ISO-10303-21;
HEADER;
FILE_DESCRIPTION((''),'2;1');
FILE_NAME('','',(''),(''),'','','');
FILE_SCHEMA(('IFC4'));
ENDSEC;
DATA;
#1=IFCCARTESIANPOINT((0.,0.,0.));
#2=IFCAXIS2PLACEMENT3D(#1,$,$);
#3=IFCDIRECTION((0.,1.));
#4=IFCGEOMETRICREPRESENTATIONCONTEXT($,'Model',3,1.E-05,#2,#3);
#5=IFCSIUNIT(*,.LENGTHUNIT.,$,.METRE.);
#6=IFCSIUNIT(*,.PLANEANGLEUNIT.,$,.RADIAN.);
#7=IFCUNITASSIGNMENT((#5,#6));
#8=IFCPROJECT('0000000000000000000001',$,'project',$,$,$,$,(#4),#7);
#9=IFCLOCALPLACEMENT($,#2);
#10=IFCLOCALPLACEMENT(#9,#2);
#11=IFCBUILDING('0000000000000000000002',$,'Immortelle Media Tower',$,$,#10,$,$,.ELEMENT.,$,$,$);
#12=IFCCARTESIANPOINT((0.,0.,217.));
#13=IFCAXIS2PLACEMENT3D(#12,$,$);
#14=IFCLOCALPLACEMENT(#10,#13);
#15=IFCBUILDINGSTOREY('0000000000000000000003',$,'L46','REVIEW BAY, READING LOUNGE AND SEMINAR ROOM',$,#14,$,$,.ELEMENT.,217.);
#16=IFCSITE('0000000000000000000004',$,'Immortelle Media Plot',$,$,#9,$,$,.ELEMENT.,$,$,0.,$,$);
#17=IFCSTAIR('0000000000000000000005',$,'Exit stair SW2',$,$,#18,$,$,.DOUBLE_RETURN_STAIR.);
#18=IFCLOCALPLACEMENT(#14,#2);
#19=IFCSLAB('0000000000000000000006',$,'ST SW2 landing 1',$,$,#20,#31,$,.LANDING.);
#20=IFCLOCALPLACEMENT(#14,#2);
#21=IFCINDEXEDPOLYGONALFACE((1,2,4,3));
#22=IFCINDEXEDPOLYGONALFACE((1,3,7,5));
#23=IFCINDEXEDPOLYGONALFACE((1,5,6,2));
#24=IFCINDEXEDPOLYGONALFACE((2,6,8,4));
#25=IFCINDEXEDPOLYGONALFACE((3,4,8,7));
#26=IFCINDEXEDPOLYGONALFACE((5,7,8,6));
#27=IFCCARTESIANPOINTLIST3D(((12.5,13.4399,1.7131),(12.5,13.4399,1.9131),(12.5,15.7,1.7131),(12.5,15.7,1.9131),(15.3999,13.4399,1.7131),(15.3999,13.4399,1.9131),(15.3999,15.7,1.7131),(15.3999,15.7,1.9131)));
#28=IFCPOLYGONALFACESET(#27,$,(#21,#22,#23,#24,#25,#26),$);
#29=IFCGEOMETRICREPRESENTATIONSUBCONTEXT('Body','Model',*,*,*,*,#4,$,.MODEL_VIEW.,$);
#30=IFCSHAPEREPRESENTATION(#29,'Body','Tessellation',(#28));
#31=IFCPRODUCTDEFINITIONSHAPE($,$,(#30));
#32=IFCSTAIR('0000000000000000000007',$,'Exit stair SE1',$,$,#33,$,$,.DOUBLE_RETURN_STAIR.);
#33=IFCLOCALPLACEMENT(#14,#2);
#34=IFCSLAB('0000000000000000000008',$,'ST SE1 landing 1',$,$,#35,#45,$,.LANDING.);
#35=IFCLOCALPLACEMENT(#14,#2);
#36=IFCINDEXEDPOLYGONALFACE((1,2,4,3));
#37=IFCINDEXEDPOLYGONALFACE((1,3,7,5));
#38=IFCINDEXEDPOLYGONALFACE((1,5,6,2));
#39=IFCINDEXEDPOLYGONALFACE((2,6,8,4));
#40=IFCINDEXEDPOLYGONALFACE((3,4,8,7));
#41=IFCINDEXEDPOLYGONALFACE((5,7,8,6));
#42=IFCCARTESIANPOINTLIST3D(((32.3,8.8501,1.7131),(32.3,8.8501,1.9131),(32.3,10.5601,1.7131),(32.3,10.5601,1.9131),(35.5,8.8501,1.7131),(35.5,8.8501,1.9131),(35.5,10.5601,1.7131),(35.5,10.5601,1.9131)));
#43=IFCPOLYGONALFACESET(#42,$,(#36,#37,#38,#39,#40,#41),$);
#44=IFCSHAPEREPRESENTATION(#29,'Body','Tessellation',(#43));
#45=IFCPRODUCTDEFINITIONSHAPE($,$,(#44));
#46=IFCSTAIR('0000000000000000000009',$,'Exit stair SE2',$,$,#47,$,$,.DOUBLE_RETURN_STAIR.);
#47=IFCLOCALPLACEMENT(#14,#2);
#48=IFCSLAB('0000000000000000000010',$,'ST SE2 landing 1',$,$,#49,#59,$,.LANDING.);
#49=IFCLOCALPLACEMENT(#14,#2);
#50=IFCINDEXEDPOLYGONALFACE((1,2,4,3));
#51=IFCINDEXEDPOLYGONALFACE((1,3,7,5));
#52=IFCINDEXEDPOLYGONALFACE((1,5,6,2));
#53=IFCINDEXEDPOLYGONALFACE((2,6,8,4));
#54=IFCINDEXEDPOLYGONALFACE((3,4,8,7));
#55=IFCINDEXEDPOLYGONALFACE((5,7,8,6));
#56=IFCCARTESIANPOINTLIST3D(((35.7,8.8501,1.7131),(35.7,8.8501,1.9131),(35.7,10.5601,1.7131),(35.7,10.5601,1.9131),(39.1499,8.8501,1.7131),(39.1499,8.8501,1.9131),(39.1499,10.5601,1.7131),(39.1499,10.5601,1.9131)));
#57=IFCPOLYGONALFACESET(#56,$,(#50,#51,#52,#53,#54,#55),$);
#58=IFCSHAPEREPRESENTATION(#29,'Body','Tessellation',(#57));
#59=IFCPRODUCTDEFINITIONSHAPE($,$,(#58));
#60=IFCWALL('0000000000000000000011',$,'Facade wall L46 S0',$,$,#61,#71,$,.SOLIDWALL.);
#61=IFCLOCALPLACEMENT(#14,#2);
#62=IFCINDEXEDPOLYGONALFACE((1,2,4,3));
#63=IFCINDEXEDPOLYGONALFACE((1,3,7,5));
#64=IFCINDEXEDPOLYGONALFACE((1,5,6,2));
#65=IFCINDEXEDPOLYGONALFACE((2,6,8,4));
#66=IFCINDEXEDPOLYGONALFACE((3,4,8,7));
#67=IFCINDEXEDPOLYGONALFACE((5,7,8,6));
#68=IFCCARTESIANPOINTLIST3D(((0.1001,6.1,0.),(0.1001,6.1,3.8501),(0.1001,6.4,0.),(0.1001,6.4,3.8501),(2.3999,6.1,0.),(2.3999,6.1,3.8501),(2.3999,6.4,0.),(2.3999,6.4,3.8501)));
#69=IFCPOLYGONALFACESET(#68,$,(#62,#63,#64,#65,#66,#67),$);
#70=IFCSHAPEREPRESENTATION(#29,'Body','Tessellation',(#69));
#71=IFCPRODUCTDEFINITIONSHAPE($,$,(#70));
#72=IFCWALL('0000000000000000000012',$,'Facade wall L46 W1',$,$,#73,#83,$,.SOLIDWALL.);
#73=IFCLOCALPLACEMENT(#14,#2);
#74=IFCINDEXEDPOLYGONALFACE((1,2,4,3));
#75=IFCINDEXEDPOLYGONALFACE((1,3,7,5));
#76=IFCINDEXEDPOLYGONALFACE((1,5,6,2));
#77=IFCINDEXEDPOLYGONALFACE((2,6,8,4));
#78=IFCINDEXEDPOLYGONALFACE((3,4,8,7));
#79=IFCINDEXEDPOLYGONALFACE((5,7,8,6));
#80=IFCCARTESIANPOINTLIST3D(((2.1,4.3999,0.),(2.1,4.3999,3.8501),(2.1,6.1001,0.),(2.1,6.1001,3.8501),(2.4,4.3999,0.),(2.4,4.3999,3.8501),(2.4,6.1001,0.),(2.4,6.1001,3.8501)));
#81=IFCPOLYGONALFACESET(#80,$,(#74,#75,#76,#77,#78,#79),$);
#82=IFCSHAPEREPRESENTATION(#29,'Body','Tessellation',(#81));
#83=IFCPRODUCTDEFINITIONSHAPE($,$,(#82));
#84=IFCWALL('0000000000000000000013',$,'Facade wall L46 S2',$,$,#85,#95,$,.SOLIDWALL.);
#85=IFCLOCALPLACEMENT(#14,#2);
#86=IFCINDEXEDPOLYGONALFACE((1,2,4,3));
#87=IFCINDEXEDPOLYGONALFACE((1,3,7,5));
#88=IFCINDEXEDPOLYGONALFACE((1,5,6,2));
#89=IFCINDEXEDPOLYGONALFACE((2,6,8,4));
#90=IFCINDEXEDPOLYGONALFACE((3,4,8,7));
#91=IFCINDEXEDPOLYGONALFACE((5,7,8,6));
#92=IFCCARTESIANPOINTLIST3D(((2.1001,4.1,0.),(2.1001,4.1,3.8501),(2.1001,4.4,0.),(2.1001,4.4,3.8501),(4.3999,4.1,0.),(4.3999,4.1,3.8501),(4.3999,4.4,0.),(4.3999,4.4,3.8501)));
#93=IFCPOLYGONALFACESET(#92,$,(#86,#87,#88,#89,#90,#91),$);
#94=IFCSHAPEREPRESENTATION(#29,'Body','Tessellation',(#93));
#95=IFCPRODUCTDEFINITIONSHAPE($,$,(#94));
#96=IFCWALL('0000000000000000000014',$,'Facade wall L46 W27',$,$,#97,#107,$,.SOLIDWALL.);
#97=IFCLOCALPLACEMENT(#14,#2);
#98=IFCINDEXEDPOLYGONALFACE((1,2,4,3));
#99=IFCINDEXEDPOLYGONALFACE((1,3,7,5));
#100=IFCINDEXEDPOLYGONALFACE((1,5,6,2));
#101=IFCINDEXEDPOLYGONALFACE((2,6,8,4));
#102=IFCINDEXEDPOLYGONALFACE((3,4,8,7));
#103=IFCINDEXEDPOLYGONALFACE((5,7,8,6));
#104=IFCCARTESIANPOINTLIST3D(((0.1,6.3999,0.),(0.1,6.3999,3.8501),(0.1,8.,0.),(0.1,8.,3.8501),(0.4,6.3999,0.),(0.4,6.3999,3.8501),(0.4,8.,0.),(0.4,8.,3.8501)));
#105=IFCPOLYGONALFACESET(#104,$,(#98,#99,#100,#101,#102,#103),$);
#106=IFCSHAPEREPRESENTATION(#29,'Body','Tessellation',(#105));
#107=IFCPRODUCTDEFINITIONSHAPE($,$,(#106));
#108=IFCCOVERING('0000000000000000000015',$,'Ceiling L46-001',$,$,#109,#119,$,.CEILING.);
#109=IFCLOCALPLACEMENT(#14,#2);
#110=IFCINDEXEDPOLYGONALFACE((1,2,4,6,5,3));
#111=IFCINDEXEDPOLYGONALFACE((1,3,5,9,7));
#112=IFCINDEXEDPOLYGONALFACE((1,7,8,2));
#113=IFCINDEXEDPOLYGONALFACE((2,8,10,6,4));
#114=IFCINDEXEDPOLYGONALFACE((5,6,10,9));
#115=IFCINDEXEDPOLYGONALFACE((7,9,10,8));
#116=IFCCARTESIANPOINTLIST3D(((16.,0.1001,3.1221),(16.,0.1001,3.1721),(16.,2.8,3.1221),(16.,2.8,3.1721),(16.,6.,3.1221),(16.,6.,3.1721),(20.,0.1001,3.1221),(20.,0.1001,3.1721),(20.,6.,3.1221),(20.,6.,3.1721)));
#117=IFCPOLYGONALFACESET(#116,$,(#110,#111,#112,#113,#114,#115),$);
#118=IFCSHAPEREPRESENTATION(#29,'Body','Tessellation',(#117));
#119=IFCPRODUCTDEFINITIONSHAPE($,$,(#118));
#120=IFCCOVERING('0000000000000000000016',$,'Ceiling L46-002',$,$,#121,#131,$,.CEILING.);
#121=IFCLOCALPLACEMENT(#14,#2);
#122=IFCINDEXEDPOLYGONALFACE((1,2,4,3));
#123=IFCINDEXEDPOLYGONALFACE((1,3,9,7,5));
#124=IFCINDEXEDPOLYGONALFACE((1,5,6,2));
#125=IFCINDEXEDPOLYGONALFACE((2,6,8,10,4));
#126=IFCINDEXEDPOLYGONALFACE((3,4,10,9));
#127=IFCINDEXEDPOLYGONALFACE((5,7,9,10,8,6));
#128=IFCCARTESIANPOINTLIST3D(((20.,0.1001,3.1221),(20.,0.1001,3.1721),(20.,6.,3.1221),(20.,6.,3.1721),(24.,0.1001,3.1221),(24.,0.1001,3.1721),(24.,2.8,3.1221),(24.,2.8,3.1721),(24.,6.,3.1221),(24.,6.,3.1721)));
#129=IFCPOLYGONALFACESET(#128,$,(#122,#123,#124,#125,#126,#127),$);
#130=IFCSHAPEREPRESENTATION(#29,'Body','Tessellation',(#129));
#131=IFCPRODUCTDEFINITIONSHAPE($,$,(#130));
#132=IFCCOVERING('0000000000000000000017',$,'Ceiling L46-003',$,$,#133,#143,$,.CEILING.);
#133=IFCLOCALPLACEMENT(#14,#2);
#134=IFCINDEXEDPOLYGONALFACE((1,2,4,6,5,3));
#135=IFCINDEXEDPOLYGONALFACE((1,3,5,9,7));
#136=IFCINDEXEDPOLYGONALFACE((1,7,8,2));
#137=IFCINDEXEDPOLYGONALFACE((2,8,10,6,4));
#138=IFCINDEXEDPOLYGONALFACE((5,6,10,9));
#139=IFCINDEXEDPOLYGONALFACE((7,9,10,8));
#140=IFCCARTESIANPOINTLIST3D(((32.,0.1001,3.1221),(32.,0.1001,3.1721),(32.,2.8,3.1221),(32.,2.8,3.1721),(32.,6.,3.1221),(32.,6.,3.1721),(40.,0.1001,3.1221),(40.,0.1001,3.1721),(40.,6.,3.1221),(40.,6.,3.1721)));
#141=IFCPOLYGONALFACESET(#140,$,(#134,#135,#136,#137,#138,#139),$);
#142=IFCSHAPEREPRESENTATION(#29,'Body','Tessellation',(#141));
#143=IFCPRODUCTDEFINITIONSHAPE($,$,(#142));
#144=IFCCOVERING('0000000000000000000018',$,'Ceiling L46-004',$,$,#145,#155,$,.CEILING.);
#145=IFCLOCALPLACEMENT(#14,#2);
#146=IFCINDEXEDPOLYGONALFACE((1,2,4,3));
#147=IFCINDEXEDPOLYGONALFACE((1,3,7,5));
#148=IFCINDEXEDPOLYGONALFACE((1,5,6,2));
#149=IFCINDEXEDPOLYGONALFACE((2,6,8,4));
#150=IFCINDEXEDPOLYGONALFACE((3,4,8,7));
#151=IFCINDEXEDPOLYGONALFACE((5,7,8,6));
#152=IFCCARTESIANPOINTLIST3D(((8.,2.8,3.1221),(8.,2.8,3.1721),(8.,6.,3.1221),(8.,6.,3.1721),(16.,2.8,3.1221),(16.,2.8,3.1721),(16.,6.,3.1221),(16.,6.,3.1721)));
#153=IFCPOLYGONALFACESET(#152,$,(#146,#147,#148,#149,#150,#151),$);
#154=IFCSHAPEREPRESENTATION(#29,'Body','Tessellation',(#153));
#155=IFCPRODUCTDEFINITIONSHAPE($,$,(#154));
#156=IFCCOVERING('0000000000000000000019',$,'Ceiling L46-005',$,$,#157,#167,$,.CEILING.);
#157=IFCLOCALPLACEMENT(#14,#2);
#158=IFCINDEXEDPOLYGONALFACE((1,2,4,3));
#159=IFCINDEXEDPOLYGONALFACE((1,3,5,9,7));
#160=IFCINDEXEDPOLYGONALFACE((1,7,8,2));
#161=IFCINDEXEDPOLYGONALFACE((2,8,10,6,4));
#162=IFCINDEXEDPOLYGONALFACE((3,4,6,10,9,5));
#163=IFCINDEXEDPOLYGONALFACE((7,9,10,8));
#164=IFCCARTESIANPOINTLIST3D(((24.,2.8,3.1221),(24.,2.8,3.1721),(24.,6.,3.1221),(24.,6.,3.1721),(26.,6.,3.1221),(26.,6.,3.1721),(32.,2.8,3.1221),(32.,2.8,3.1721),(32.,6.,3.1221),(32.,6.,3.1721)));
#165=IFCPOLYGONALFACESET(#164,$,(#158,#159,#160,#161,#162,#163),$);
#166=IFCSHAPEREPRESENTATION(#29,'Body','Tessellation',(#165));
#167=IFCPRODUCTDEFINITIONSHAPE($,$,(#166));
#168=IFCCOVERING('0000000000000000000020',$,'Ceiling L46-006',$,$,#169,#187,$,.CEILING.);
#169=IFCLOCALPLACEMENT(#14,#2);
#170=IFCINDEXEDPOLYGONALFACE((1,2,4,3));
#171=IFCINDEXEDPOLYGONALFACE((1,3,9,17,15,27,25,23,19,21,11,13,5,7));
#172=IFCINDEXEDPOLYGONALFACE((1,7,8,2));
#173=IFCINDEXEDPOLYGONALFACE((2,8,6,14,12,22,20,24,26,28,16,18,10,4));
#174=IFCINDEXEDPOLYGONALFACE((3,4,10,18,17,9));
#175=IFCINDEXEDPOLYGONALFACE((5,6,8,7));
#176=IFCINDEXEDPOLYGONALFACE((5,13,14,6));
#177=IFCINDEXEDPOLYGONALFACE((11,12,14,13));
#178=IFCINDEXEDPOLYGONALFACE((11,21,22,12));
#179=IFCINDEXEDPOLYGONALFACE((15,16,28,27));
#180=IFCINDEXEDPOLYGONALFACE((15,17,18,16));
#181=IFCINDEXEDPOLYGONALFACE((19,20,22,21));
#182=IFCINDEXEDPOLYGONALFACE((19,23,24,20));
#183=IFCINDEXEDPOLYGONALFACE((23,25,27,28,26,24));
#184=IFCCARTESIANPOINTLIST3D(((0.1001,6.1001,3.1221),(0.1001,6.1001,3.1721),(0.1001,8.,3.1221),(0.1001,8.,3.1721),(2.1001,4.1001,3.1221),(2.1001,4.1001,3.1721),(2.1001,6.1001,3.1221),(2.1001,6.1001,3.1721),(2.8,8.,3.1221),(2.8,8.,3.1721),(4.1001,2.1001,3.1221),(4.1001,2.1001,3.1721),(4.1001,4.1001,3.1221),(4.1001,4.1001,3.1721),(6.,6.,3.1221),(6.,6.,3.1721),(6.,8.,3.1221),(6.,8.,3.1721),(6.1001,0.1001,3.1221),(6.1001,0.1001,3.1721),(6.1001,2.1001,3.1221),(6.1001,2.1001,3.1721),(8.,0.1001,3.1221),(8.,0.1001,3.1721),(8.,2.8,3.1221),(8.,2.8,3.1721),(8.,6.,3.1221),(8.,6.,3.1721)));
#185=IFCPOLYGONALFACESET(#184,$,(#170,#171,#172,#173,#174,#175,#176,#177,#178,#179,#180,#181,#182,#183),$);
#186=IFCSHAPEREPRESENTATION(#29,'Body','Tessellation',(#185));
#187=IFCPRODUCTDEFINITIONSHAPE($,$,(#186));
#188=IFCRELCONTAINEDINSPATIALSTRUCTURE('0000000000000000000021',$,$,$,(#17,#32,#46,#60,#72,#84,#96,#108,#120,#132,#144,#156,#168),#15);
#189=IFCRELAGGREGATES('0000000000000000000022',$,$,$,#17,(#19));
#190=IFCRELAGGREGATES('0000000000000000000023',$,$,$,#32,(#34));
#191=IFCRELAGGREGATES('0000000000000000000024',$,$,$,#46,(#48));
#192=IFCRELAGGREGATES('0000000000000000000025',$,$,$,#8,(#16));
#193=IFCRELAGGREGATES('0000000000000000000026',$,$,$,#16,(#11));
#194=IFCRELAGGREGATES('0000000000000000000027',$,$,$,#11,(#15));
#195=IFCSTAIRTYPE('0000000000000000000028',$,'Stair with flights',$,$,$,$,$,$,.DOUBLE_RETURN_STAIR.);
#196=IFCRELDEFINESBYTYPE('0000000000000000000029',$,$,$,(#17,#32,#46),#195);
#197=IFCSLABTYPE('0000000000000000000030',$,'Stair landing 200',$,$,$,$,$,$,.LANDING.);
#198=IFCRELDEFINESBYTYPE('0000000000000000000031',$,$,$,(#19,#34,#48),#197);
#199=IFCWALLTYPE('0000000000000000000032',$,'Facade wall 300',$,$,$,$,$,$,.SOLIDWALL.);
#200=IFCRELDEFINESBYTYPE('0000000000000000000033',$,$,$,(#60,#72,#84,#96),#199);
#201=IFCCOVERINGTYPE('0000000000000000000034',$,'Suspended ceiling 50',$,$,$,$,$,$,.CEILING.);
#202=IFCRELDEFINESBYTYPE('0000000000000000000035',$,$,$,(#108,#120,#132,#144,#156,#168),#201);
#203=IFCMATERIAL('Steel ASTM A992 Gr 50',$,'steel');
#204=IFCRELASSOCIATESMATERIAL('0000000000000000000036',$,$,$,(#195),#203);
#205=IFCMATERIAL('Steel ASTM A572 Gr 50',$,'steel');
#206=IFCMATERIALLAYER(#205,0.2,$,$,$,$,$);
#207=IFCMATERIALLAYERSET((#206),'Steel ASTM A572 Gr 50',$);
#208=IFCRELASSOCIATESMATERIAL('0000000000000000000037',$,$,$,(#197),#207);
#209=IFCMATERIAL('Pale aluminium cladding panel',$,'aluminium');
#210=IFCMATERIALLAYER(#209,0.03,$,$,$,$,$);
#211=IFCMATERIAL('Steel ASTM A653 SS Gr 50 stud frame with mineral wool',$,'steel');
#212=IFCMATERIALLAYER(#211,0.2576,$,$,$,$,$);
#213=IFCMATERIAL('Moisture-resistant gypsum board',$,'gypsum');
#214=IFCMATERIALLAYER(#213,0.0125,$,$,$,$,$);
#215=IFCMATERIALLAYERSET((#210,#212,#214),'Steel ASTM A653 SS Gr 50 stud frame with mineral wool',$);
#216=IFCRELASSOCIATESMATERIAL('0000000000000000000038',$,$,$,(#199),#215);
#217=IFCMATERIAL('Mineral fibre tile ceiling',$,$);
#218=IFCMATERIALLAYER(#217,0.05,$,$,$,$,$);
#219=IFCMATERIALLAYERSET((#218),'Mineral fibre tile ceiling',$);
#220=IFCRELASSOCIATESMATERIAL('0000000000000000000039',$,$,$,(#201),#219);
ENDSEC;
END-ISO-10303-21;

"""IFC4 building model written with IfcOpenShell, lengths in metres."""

from ifc_helpers import new_model, si_unit, direction, frame, frame_2d, origin, place, context, subcontext, project, spatial, polyline, rectangle, outline, extrude, material, layer, layer_set, type_object, element, aggregate, save


model = new_model("IFC4")

# Units and contexts
model_context = context("Model", 3, precision=1e-05, world=origin(), true_north=direction((0.0, 1.0)))
body_context = subcontext(model_context, "Body", "Model", "MODEL_VIEW")
ifc_project = project(units=[si_unit("LENGTHUNIT", "METRE"), si_unit("PLANEANGLEUNIT", "RADIAN")], contexts=[model_context])

# Site, building, storey
site_placement = place(None, origin())
site = spatial("IfcSite", under=ifc_project, at=site_placement, Name="Immortelle Media Plot", CompositionType="ELEMENT", RefElevation=0.0)
building_placement = place(site_placement, origin())
building = spatial("IfcBuilding", under=site, at=building_placement, Name="Immortelle Media Tower", CompositionType="ELEMENT")
storey_placement = place(building_placement, frame((0.0, 0.0, 217.0)))
storey = spatial("IfcBuildingStorey", under=building, at=storey_placement, Name="L46", Description="REVIEW BAY, READING LOUNGE AND SEMINAR ROOM", CompositionType="ELEMENT", Elevation=217.0)

# Shared definitions
ifc_material_1 = material(Name="Steel ASTM A992 Gr 50", Category="steel")

# Stairs, slabs
stair_type = type_object("IfcStairType", Name="Stair with flights", PredefinedType="DOUBLE_RETURN_STAIR", material=ifc_material_1)
ifc_material_2 = material(Name="Steel ASTM A572 Gr 50", Category="steel")
ifc_layer_1 = layer(ifc_material_2, 0.2)
ifc_layer_set_1 = layer_set([ifc_layer_1], Name="Steel ASTM A572 Gr 50")
slab_type_1 = type_object("IfcSlabType", Name="Stair landing 200", PredefinedType="LANDING", material=ifc_layer_set_1)
stair_1_placement = place(storey_placement, origin())
stair_1 = element("IfcStair", 1, at=stair_1_placement, inside=storey, type_object=stair_type, Name="Exit stair SW2", PredefinedType="DOUBLE_RETURN_STAIR")
slab_1_placement = place(storey_placement, frame((0.0, 0.0, 1.7131)))
slab_1 = element("IfcSlab", 2, at=slab_1_placement, type_object=slab_type_1, Name="ST SW2 landing 1", PredefinedType="LANDING", context=body_context, shape_type="SweptSolid", body=[
    extrude(outline(polyline([(12.5, 13.4399), (15.3999, 13.4399), (15.3999, 15.7), (12.5, 15.7), (12.5, 13.4399)])), origin(), (0.0, 0.0, 1.0), 0.2),
])
aggregate(stair_1, [slab_1])
stair_2_placement = place(storey_placement, origin())
stair_2 = element("IfcStair", 3, at=stair_2_placement, inside=storey, type_object=stair_type, Name="Exit stair SE1", PredefinedType="DOUBLE_RETURN_STAIR")
slab_2_placement = place(storey_placement, frame((0.0, 0.0, 1.7131)))
slab_2 = element("IfcSlab", 4, at=slab_2_placement, type_object=slab_type_1, Name="ST SE1 landing 1", PredefinedType="LANDING", context=body_context, shape_type="SweptSolid", body=[
    extrude(outline(polyline([(32.3, 8.8501), (35.5, 8.8501), (35.5, 10.5601), (32.3, 10.5601), (32.3, 8.8501)])), origin(), (0.0, 0.0, 1.0), 0.2),
])
aggregate(stair_2, [slab_2])
stair_3_placement = place(storey_placement, origin())
stair_3 = element("IfcStair", 5, at=stair_3_placement, inside=storey, type_object=stair_type, Name="Exit stair SE2", PredefinedType="DOUBLE_RETURN_STAIR")
slab_3_placement = place(storey_placement, frame((0.0, 0.0, 1.7131)))
slab_3 = element("IfcSlab", 6, at=slab_3_placement, type_object=slab_type_1, Name="ST SE2 landing 1", PredefinedType="LANDING", context=body_context, shape_type="SweptSolid", body=[
    extrude(outline(polyline([(35.7, 8.8501), (39.1499, 8.8501), (39.1499, 10.5601), (35.7, 10.5601), (35.7, 8.8501)])), origin(), (0.0, 0.0, 1.0), 0.2),
])
aggregate(stair_3, [slab_3])

# Walls
ifc_material_3 = material(Name="Pale aluminium cladding panel", Category="aluminium")
ifc_layer_2 = layer(ifc_material_3, 0.03)
ifc_material_4 = material(Name="Steel ASTM A653 SS Gr 50 stud frame with mineral wool", Category="steel")
ifc_layer_3 = layer(ifc_material_4, 0.2576)
ifc_material_5 = material(Name="Moisture-resistant gypsum board", Category="gypsum")
ifc_layer_4 = layer(ifc_material_5, 0.0125)
ifc_layer_set_2 = layer_set([ifc_layer_2, ifc_layer_3, ifc_layer_4], Name="Steel ASTM A653 SS Gr 50 stud frame with mineral wool")
wall_type = type_object("IfcWallType", Name="Facade wall 300", PredefinedType="SOLIDWALL", material=ifc_layer_set_2)
wall_1_placement = place(storey_placement, frame((0.1001, 6.25, 0.0), z_axis=(0.0, 0.0, 1.0), x_axis=(1.0, 0.0, 0.0)))
element("IfcWall", 7, at=wall_1_placement, inside=storey, type_object=wall_type, Name="Facade wall L46 S0", PredefinedType="SOLIDWALL", context=body_context, shape_type="SweptSolid", body=[
    extrude(rectangle(XDim=2.2998, YDim=0.3, at=frame_2d((1.1499, 0.0))), origin(), (0.0, 0.0, 1.0), 3.8501),
])
wall_2_placement = place(storey_placement, frame((2.25, 6.1001, 0.0), z_axis=(0.0, 0.0, 1.0), x_axis=(0.0, -1.0, 0.0)))
element("IfcWall", 8, at=wall_2_placement, inside=storey, type_object=wall_type, Name="Facade wall L46 W1", PredefinedType="SOLIDWALL", context=body_context, shape_type="SweptSolid", body=[
    extrude(rectangle(XDim=1.7002, YDim=0.3, at=frame_2d((0.8501, 0.0))), origin(), (0.0, 0.0, 1.0), 3.8501),
])
wall_3_placement = place(storey_placement, frame((2.1001, 4.25, 0.0), z_axis=(0.0, 0.0, 1.0), x_axis=(1.0, 0.0, 0.0)))
element("IfcWall", 9, at=wall_3_placement, inside=storey, type_object=wall_type, Name="Facade wall L46 S2", PredefinedType="SOLIDWALL", context=body_context, shape_type="SweptSolid", body=[
    extrude(rectangle(XDim=2.2998, YDim=0.3, at=frame_2d((1.1499, 0.0))), origin(), (0.0, 0.0, 1.0), 3.8501),
])
wall_4_placement = place(storey_placement, frame((0.25, 8.0, 0.0), z_axis=(0.0, 0.0, 1.0), x_axis=(0.0, -1.0, 0.0)))
element("IfcWall", 10, at=wall_4_placement, inside=storey, type_object=wall_type, Name="Facade wall L46 W27", PredefinedType="SOLIDWALL", context=body_context, shape_type="SweptSolid", body=[
    extrude(rectangle(XDim=1.6001, YDim=0.3, at=frame_2d((0.8, 0.0))), origin(), (0.0, 0.0, 1.0), 3.8501),
])

# Coverings
ifc_material_6 = material(Name="Mineral fibre tile ceiling")
ifc_layer_5 = layer(ifc_material_6, 0.05)
ifc_layer_set_3 = layer_set([ifc_layer_5], Name="Mineral fibre tile ceiling")
covering_type = type_object("IfcCoveringType", Name="Suspended ceiling 50", PredefinedType="CEILING", material=ifc_layer_set_3)
covering_1_placement = place(storey_placement, frame((0.0, 0.0, 3.1221)))
element("IfcCovering", 11, at=covering_1_placement, inside=storey, type_object=covering_type, Name="Ceiling L46-001", PredefinedType="CEILING", context=body_context, shape_type="SweptSolid", body=[
    extrude(outline(polyline([(16.0, 2.8), (16.0, 6.0), (20.0, 6.0), (20.0, 0.1001), (16.0, 0.1001), (16.0, 2.8)])), origin(), (0.0, 0.0, 1.0), 0.05),
])
covering_2_placement = place(storey_placement, frame((0.0, 0.0, 3.1221)))
element("IfcCovering", 12, at=covering_2_placement, inside=storey, type_object=covering_type, Name="Ceiling L46-002", PredefinedType="CEILING", context=body_context, shape_type="SweptSolid", body=[
    extrude(outline(polyline([(24.0, 6.0), (24.0, 2.8), (24.0, 0.1001), (20.0, 0.1001), (20.0, 6.0), (24.0, 6.0)])), origin(), (0.0, 0.0, 1.0), 0.05),
])
covering_3_placement = place(storey_placement, frame((0.0, 0.0, 3.1221)))
element("IfcCovering", 13, at=covering_3_placement, inside=storey, type_object=covering_type, Name="Ceiling L46-003", PredefinedType="CEILING", context=body_context, shape_type="SweptSolid", body=[
    extrude(outline(polyline([(32.0, 0.1001), (32.0, 2.8), (32.0, 6.0), (40.0, 6.0), (40.0, 0.1001), (32.0, 0.1001)])), origin(), (0.0, 0.0, 1.0), 0.05),
])
covering_4_placement = place(storey_placement, frame((0.0, 0.0, 3.1221)))
element("IfcCovering", 14, at=covering_4_placement, inside=storey, type_object=covering_type, Name="Ceiling L46-004", PredefinedType="CEILING", context=body_context, shape_type="SweptSolid", body=[
    extrude(outline(polyline([(8.0, 2.8), (8.0, 6.0), (16.0, 6.0), (16.0, 2.8), (8.0, 2.8)])), origin(), (0.0, 0.0, 1.0), 0.05),
])
covering_5_placement = place(storey_placement, frame((0.0, 0.0, 3.1221)))
element("IfcCovering", 15, at=covering_5_placement, inside=storey, type_object=covering_type, Name="Ceiling L46-005", PredefinedType="CEILING", context=body_context, shape_type="SweptSolid", body=[
    extrude(outline(polyline([(24.0, 2.8), (24.0, 6.0), (26.0, 6.0), (32.0, 6.0), (32.0, 2.8), (24.0, 2.8)])), origin(), (0.0, 0.0, 1.0), 0.05),
])
covering_6_placement = place(storey_placement, frame((0.0, 0.0, 3.1221)))
element("IfcCovering", 16, at=covering_6_placement, inside=storey, type_object=covering_type, Name="Ceiling L46-006", PredefinedType="CEILING", context=body_context, shape_type="SweptSolid", body=[
    extrude(outline(polyline([(6.1001, 0.1001), (6.1001, 2.1001), (4.1001, 2.1001), (4.1001, 4.1001), (2.1001, 4.1001), (2.1001, 6.1001), (0.1001, 6.1001), (0.1001, 8.0), (2.8, 8.0), (6.0, 8.0), (6.0, 6.0), (8.0, 6.0), (8.0, 2.8), (8.0, 0.1001), (6.1001, 0.1001)])), origin(), (0.0, 0.0, 1.0), 0.05),
])

save(model, "model.ifc")
